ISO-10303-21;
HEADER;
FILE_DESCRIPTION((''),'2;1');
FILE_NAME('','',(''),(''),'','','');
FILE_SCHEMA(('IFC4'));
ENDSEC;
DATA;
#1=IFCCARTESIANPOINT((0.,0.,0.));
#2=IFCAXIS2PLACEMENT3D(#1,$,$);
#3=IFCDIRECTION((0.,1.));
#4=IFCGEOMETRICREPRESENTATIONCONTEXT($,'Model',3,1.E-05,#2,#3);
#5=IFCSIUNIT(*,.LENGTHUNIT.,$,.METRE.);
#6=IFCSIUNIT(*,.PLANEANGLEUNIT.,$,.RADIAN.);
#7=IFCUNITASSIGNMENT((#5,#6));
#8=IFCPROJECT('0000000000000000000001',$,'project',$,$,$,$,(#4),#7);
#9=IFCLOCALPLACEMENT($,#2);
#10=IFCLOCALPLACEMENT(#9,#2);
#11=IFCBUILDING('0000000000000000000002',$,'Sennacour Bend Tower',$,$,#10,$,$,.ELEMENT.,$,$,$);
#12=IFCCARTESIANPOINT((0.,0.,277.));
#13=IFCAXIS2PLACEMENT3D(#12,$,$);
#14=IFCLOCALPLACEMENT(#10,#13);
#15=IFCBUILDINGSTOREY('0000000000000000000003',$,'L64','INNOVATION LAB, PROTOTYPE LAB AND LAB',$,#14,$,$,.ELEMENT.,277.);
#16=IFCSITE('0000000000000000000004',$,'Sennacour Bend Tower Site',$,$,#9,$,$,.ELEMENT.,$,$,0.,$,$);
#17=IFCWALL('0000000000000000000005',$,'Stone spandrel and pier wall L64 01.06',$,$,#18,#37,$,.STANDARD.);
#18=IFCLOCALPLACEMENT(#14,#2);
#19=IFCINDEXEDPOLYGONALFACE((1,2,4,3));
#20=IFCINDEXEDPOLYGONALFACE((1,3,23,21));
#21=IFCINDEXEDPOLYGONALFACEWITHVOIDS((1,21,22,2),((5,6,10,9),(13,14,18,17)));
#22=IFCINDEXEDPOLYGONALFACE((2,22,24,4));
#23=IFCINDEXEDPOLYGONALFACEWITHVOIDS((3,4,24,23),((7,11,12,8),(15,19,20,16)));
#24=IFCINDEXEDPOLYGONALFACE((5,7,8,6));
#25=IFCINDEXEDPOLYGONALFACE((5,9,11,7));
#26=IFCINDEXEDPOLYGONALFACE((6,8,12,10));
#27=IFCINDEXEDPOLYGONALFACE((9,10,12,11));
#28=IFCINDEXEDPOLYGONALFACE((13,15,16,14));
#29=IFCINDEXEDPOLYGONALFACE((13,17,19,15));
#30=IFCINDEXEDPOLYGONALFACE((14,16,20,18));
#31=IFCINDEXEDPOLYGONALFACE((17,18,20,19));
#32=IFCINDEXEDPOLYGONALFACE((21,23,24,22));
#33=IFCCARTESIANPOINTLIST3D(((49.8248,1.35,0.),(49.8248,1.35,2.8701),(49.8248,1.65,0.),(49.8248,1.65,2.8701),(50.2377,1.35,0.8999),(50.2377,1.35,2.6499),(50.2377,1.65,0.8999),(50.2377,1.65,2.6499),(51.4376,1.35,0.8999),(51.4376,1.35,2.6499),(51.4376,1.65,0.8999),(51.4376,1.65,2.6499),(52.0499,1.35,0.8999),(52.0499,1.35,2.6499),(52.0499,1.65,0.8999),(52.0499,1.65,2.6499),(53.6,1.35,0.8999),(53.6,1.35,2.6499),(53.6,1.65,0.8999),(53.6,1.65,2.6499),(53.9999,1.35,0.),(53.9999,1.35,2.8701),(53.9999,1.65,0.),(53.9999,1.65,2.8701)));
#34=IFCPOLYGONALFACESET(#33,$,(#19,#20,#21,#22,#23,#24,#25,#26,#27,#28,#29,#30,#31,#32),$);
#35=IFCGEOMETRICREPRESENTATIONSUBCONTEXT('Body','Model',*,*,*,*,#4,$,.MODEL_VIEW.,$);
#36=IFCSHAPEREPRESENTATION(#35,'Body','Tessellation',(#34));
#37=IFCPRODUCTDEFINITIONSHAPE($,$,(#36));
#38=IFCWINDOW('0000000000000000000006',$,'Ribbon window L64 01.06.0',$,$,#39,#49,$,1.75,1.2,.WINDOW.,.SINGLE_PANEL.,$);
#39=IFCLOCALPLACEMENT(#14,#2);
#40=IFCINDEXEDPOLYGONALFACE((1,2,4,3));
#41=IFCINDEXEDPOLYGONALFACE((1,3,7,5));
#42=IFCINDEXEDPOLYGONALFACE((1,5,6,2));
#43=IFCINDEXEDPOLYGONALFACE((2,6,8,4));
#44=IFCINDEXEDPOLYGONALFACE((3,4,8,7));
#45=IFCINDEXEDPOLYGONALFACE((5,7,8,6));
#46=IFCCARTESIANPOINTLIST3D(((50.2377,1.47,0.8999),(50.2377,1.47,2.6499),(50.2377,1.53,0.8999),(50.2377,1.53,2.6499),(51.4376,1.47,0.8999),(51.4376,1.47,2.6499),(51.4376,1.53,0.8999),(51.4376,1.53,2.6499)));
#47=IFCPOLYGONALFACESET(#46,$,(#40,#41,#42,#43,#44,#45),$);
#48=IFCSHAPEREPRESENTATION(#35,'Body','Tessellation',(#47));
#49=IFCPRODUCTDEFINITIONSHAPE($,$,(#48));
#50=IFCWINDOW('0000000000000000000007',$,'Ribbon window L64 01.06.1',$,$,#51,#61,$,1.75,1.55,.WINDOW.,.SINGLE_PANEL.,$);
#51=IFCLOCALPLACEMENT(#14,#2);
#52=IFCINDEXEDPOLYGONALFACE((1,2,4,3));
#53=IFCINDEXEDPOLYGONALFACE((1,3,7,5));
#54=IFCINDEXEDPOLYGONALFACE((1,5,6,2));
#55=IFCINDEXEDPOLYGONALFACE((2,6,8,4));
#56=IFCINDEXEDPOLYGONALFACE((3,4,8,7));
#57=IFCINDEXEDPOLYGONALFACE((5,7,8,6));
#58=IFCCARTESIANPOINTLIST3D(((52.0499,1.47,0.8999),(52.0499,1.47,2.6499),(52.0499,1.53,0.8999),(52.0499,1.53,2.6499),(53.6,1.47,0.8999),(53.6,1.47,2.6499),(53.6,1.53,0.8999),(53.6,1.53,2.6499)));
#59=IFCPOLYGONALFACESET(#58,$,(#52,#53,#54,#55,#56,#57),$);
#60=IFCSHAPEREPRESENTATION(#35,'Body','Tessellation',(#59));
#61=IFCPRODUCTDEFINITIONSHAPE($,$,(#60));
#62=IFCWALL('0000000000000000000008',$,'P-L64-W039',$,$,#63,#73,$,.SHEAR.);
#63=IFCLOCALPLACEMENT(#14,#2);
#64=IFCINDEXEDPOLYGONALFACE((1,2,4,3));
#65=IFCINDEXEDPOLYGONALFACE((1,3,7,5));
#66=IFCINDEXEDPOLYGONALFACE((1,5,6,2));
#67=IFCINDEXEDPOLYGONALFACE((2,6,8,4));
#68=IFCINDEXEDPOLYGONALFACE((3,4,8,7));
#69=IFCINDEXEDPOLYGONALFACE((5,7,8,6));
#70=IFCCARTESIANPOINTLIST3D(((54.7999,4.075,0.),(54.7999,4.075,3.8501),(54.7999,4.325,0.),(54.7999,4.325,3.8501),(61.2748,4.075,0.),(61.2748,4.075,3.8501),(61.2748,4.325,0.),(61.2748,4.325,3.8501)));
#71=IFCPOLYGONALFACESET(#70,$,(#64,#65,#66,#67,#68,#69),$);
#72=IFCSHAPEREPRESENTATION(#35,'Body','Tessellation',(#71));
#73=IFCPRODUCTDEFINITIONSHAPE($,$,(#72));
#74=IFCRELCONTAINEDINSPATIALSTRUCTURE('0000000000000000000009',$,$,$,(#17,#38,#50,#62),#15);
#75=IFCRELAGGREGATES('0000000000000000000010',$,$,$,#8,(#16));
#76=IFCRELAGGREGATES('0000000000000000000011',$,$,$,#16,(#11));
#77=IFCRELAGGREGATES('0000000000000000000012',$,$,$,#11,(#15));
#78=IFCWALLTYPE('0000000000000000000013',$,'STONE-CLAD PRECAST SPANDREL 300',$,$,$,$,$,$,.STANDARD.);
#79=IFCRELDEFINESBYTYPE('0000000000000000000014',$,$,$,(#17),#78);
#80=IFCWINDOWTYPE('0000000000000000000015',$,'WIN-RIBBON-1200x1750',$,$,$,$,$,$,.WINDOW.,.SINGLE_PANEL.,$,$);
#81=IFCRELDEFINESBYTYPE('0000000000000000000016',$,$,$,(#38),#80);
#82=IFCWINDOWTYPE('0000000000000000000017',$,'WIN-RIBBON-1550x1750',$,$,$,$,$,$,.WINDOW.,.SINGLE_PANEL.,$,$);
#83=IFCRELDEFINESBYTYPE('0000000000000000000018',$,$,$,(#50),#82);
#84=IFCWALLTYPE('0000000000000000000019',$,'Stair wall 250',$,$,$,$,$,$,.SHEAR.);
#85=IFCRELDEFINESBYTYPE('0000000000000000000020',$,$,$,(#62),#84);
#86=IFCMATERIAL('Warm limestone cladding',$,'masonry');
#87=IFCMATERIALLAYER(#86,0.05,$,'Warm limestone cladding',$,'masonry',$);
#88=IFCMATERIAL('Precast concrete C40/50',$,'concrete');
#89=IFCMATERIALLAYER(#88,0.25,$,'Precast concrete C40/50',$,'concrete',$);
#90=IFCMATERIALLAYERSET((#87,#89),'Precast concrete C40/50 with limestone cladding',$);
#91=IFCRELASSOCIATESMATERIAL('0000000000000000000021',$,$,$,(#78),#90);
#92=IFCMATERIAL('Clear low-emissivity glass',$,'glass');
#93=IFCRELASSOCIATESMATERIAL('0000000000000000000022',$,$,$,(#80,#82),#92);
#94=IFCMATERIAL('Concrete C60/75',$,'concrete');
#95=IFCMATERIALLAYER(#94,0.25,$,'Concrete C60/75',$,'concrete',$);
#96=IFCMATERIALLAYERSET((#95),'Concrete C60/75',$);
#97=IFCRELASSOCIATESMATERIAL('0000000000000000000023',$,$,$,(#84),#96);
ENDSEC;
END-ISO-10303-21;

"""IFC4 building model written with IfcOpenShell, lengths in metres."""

from ifc_helpers import new_model, si_unit, direction, frame, frame_2d, origin, place, context, subcontext, project, spatial, rectangle, extrude, material, layer, layer_set, type_object, element, fill, save


model = new_model("IFC4")

# Units and contexts
model_context = context("Model", 3, precision=1e-05, world=origin(), true_north=direction((0.0, 1.0)))
body_context = subcontext(model_context, "Body", "Model", "MODEL_VIEW")
ifc_project = project(units=[si_unit("LENGTHUNIT", "METRE"), si_unit("PLANEANGLEUNIT", "RADIAN")], contexts=[model_context])

# Site, building, storey
site_placement = place(None, origin())
site = spatial("IfcSite", under=ifc_project, at=site_placement, Name="Sennacour Bend Tower Site", CompositionType="ELEMENT", RefElevation=0.0)
building_placement = place(site_placement, origin())
building = spatial("IfcBuilding", under=site, at=building_placement, Name="Sennacour Bend Tower", CompositionType="ELEMENT")
storey_placement = place(building_placement, frame((0.0, 0.0, 277.0)))
storey = spatial("IfcBuildingStorey", under=building, at=storey_placement, Name="L64", Description="INNOVATION LAB, PROTOTYPE LAB AND LAB", CompositionType="ELEMENT", Elevation=277.0)

# Wall, openings, windows
ifc_material_1 = material(Name="Warm limestone cladding", Category="masonry")
ifc_layer_1 = layer(ifc_material_1, 0.05, Name="Warm limestone cladding", Category="masonry")
ifc_material_2 = material(Name="Precast concrete C40/50", Category="concrete")
ifc_layer_2 = layer(ifc_material_2, 0.25, Name="Precast concrete C40/50", Category="concrete")
ifc_layer_set_1 = layer_set([ifc_layer_1, ifc_layer_2], Name="Precast concrete C40/50 with limestone cladding")
wall_type_1 = type_object("IfcWallType", Name="STONE-CLAD PRECAST SPANDREL 300", PredefinedType="STANDARD", material=ifc_layer_set_1)
ifc_material_3 = material(Name="Clear low-emissivity glass", Category="glass")
window_type_1 = type_object("IfcWindowType", Name="WIN-RIBBON-1200x1750", PartitioningType="SINGLE_PANEL", PredefinedType="WINDOW", material=ifc_material_3)
wall_1_placement = place(storey_placement, frame((49.825, 1.5, 0.0), z_axis=(0.0, 0.0, 1.0), x_axis=(1.0, 0.0, 0.0)))
wall_1 = element("IfcWall", 1, at=wall_1_placement, inside=storey, type_object=wall_type_1, Name="Stone spandrel and pier wall L64 01.06", PredefinedType="STANDARD", context=body_context, shape_type="SweptSolid", body=[
    extrude(rectangle(XDim=4.175, YDim=0.3, at=frame_2d((2.0874, 0.0))), origin(), (0.0, 0.0, 1.0), 2.8701),
])
opening_1_placement = place(wall_1_placement, frame((0.4126, 0.0, 0.8999)))
opening_1 = element("IfcOpeningElement", 2, at=opening_1_placement, cuts=wall_1, PredefinedType="OPENING", context=body_context, shape_type="SweptSolid", body=[
    extrude(rectangle(XDim=1.2, YDim=1.75, at=frame_2d((0.6001, 0.875))), frame((0.0, 0.1602, 0.0), z_axis=(0.0, -1.0, 0.0), x_axis=(1.0, 0.0, 0.0)), (0.0, 0.0, 1.0), 0.3201),
])
opening_2_placement = place(wall_1_placement, frame((2.2251, 0.0, 0.8999)))
opening_2 = element("IfcOpeningElement", 3, at=opening_2_placement, cuts=wall_1, PredefinedType="OPENING", context=body_context, shape_type="SweptSolid", body=[
    extrude(rectangle(XDim=1.55, YDim=1.75, at=frame_2d((0.7749, 0.875))), frame((0.0, 0.1602, 0.0), z_axis=(0.0, -1.0, 0.0), x_axis=(1.0, 0.0, 0.0)), (0.0, 0.0, 1.0), 0.3201),
])
window_1_placement = place(opening_1_placement, origin())
window_1 = element("IfcWindow", 4, at=window_1_placement, inside=storey, type_object=window_type_1, Name="Ribbon window L64 01.06.0", OverallHeight=1.75, OverallWidth=1.2, PartitioningType="SINGLE_PANEL", PredefinedType="WINDOW", context=body_context, shape_type="SweptSolid", body=[
    extrude(rectangle(XDim=1.2, YDim=1.75, at=frame_2d((0.6001, 0.875))), frame((0.0, 0.03, 0.0), z_axis=(0.0, -1.0, 0.0), x_axis=(1.0, 0.0, 0.0)), (0.0, 0.0, 1.0), 0.0601),
])
fill(opening_1, window_1)
window_type_2 = type_object("IfcWindowType", Name="WIN-RIBBON-1550x1750", PartitioningType="SINGLE_PANEL", PredefinedType="WINDOW", material=ifc_material_3)
window_2_placement = place(opening_2_placement, origin())
window_2 = element("IfcWindow", 5, at=window_2_placement, inside=storey, type_object=window_type_2, Name="Ribbon window L64 01.06.1", OverallHeight=1.75, OverallWidth=1.55, PartitioningType="SINGLE_PANEL", PredefinedType="WINDOW", context=body_context, shape_type="SweptSolid", body=[
    extrude(rectangle(XDim=1.55, YDim=1.75, at=frame_2d((0.7749, 0.875))), frame((0.0, 0.03, 0.0), z_axis=(0.0, -1.0, 0.0), x_axis=(1.0, 0.0, 0.0)), (0.0, 0.0, 1.0), 0.0601),
])
fill(opening_2, window_2)

# Wall
ifc_material_4 = material(Name="Concrete C60/75", Category="concrete")
ifc_layer_3 = layer(ifc_material_4, 0.25, Name="Concrete C60/75", Category="concrete")
ifc_layer_set_2 = layer_set([ifc_layer_3], Name="Concrete C60/75")
wall_type_2 = type_object("IfcWallType", Name="Stair wall 250", PredefinedType="SHEAR", material=ifc_layer_set_2)
wall_2_placement = place(storey_placement, frame((54.8, 4.2, 0.0), z_axis=(0.0, 0.0, 1.0), x_axis=(1.0, 0.0, 0.0)))
element("IfcWall", 6, at=wall_2_placement, inside=storey, type_object=wall_type_2, Name="P-L64-W039", PredefinedType="SHEAR", context=body_context, shape_type="SweptSolid", body=[
    extrude(rectangle(XDim=6.4749, YDim=0.25, at=frame_2d((3.2373, 0.0))), origin(), (0.0, 0.0, 1.0), 3.8501),
])

save(model, "model.ifc")
